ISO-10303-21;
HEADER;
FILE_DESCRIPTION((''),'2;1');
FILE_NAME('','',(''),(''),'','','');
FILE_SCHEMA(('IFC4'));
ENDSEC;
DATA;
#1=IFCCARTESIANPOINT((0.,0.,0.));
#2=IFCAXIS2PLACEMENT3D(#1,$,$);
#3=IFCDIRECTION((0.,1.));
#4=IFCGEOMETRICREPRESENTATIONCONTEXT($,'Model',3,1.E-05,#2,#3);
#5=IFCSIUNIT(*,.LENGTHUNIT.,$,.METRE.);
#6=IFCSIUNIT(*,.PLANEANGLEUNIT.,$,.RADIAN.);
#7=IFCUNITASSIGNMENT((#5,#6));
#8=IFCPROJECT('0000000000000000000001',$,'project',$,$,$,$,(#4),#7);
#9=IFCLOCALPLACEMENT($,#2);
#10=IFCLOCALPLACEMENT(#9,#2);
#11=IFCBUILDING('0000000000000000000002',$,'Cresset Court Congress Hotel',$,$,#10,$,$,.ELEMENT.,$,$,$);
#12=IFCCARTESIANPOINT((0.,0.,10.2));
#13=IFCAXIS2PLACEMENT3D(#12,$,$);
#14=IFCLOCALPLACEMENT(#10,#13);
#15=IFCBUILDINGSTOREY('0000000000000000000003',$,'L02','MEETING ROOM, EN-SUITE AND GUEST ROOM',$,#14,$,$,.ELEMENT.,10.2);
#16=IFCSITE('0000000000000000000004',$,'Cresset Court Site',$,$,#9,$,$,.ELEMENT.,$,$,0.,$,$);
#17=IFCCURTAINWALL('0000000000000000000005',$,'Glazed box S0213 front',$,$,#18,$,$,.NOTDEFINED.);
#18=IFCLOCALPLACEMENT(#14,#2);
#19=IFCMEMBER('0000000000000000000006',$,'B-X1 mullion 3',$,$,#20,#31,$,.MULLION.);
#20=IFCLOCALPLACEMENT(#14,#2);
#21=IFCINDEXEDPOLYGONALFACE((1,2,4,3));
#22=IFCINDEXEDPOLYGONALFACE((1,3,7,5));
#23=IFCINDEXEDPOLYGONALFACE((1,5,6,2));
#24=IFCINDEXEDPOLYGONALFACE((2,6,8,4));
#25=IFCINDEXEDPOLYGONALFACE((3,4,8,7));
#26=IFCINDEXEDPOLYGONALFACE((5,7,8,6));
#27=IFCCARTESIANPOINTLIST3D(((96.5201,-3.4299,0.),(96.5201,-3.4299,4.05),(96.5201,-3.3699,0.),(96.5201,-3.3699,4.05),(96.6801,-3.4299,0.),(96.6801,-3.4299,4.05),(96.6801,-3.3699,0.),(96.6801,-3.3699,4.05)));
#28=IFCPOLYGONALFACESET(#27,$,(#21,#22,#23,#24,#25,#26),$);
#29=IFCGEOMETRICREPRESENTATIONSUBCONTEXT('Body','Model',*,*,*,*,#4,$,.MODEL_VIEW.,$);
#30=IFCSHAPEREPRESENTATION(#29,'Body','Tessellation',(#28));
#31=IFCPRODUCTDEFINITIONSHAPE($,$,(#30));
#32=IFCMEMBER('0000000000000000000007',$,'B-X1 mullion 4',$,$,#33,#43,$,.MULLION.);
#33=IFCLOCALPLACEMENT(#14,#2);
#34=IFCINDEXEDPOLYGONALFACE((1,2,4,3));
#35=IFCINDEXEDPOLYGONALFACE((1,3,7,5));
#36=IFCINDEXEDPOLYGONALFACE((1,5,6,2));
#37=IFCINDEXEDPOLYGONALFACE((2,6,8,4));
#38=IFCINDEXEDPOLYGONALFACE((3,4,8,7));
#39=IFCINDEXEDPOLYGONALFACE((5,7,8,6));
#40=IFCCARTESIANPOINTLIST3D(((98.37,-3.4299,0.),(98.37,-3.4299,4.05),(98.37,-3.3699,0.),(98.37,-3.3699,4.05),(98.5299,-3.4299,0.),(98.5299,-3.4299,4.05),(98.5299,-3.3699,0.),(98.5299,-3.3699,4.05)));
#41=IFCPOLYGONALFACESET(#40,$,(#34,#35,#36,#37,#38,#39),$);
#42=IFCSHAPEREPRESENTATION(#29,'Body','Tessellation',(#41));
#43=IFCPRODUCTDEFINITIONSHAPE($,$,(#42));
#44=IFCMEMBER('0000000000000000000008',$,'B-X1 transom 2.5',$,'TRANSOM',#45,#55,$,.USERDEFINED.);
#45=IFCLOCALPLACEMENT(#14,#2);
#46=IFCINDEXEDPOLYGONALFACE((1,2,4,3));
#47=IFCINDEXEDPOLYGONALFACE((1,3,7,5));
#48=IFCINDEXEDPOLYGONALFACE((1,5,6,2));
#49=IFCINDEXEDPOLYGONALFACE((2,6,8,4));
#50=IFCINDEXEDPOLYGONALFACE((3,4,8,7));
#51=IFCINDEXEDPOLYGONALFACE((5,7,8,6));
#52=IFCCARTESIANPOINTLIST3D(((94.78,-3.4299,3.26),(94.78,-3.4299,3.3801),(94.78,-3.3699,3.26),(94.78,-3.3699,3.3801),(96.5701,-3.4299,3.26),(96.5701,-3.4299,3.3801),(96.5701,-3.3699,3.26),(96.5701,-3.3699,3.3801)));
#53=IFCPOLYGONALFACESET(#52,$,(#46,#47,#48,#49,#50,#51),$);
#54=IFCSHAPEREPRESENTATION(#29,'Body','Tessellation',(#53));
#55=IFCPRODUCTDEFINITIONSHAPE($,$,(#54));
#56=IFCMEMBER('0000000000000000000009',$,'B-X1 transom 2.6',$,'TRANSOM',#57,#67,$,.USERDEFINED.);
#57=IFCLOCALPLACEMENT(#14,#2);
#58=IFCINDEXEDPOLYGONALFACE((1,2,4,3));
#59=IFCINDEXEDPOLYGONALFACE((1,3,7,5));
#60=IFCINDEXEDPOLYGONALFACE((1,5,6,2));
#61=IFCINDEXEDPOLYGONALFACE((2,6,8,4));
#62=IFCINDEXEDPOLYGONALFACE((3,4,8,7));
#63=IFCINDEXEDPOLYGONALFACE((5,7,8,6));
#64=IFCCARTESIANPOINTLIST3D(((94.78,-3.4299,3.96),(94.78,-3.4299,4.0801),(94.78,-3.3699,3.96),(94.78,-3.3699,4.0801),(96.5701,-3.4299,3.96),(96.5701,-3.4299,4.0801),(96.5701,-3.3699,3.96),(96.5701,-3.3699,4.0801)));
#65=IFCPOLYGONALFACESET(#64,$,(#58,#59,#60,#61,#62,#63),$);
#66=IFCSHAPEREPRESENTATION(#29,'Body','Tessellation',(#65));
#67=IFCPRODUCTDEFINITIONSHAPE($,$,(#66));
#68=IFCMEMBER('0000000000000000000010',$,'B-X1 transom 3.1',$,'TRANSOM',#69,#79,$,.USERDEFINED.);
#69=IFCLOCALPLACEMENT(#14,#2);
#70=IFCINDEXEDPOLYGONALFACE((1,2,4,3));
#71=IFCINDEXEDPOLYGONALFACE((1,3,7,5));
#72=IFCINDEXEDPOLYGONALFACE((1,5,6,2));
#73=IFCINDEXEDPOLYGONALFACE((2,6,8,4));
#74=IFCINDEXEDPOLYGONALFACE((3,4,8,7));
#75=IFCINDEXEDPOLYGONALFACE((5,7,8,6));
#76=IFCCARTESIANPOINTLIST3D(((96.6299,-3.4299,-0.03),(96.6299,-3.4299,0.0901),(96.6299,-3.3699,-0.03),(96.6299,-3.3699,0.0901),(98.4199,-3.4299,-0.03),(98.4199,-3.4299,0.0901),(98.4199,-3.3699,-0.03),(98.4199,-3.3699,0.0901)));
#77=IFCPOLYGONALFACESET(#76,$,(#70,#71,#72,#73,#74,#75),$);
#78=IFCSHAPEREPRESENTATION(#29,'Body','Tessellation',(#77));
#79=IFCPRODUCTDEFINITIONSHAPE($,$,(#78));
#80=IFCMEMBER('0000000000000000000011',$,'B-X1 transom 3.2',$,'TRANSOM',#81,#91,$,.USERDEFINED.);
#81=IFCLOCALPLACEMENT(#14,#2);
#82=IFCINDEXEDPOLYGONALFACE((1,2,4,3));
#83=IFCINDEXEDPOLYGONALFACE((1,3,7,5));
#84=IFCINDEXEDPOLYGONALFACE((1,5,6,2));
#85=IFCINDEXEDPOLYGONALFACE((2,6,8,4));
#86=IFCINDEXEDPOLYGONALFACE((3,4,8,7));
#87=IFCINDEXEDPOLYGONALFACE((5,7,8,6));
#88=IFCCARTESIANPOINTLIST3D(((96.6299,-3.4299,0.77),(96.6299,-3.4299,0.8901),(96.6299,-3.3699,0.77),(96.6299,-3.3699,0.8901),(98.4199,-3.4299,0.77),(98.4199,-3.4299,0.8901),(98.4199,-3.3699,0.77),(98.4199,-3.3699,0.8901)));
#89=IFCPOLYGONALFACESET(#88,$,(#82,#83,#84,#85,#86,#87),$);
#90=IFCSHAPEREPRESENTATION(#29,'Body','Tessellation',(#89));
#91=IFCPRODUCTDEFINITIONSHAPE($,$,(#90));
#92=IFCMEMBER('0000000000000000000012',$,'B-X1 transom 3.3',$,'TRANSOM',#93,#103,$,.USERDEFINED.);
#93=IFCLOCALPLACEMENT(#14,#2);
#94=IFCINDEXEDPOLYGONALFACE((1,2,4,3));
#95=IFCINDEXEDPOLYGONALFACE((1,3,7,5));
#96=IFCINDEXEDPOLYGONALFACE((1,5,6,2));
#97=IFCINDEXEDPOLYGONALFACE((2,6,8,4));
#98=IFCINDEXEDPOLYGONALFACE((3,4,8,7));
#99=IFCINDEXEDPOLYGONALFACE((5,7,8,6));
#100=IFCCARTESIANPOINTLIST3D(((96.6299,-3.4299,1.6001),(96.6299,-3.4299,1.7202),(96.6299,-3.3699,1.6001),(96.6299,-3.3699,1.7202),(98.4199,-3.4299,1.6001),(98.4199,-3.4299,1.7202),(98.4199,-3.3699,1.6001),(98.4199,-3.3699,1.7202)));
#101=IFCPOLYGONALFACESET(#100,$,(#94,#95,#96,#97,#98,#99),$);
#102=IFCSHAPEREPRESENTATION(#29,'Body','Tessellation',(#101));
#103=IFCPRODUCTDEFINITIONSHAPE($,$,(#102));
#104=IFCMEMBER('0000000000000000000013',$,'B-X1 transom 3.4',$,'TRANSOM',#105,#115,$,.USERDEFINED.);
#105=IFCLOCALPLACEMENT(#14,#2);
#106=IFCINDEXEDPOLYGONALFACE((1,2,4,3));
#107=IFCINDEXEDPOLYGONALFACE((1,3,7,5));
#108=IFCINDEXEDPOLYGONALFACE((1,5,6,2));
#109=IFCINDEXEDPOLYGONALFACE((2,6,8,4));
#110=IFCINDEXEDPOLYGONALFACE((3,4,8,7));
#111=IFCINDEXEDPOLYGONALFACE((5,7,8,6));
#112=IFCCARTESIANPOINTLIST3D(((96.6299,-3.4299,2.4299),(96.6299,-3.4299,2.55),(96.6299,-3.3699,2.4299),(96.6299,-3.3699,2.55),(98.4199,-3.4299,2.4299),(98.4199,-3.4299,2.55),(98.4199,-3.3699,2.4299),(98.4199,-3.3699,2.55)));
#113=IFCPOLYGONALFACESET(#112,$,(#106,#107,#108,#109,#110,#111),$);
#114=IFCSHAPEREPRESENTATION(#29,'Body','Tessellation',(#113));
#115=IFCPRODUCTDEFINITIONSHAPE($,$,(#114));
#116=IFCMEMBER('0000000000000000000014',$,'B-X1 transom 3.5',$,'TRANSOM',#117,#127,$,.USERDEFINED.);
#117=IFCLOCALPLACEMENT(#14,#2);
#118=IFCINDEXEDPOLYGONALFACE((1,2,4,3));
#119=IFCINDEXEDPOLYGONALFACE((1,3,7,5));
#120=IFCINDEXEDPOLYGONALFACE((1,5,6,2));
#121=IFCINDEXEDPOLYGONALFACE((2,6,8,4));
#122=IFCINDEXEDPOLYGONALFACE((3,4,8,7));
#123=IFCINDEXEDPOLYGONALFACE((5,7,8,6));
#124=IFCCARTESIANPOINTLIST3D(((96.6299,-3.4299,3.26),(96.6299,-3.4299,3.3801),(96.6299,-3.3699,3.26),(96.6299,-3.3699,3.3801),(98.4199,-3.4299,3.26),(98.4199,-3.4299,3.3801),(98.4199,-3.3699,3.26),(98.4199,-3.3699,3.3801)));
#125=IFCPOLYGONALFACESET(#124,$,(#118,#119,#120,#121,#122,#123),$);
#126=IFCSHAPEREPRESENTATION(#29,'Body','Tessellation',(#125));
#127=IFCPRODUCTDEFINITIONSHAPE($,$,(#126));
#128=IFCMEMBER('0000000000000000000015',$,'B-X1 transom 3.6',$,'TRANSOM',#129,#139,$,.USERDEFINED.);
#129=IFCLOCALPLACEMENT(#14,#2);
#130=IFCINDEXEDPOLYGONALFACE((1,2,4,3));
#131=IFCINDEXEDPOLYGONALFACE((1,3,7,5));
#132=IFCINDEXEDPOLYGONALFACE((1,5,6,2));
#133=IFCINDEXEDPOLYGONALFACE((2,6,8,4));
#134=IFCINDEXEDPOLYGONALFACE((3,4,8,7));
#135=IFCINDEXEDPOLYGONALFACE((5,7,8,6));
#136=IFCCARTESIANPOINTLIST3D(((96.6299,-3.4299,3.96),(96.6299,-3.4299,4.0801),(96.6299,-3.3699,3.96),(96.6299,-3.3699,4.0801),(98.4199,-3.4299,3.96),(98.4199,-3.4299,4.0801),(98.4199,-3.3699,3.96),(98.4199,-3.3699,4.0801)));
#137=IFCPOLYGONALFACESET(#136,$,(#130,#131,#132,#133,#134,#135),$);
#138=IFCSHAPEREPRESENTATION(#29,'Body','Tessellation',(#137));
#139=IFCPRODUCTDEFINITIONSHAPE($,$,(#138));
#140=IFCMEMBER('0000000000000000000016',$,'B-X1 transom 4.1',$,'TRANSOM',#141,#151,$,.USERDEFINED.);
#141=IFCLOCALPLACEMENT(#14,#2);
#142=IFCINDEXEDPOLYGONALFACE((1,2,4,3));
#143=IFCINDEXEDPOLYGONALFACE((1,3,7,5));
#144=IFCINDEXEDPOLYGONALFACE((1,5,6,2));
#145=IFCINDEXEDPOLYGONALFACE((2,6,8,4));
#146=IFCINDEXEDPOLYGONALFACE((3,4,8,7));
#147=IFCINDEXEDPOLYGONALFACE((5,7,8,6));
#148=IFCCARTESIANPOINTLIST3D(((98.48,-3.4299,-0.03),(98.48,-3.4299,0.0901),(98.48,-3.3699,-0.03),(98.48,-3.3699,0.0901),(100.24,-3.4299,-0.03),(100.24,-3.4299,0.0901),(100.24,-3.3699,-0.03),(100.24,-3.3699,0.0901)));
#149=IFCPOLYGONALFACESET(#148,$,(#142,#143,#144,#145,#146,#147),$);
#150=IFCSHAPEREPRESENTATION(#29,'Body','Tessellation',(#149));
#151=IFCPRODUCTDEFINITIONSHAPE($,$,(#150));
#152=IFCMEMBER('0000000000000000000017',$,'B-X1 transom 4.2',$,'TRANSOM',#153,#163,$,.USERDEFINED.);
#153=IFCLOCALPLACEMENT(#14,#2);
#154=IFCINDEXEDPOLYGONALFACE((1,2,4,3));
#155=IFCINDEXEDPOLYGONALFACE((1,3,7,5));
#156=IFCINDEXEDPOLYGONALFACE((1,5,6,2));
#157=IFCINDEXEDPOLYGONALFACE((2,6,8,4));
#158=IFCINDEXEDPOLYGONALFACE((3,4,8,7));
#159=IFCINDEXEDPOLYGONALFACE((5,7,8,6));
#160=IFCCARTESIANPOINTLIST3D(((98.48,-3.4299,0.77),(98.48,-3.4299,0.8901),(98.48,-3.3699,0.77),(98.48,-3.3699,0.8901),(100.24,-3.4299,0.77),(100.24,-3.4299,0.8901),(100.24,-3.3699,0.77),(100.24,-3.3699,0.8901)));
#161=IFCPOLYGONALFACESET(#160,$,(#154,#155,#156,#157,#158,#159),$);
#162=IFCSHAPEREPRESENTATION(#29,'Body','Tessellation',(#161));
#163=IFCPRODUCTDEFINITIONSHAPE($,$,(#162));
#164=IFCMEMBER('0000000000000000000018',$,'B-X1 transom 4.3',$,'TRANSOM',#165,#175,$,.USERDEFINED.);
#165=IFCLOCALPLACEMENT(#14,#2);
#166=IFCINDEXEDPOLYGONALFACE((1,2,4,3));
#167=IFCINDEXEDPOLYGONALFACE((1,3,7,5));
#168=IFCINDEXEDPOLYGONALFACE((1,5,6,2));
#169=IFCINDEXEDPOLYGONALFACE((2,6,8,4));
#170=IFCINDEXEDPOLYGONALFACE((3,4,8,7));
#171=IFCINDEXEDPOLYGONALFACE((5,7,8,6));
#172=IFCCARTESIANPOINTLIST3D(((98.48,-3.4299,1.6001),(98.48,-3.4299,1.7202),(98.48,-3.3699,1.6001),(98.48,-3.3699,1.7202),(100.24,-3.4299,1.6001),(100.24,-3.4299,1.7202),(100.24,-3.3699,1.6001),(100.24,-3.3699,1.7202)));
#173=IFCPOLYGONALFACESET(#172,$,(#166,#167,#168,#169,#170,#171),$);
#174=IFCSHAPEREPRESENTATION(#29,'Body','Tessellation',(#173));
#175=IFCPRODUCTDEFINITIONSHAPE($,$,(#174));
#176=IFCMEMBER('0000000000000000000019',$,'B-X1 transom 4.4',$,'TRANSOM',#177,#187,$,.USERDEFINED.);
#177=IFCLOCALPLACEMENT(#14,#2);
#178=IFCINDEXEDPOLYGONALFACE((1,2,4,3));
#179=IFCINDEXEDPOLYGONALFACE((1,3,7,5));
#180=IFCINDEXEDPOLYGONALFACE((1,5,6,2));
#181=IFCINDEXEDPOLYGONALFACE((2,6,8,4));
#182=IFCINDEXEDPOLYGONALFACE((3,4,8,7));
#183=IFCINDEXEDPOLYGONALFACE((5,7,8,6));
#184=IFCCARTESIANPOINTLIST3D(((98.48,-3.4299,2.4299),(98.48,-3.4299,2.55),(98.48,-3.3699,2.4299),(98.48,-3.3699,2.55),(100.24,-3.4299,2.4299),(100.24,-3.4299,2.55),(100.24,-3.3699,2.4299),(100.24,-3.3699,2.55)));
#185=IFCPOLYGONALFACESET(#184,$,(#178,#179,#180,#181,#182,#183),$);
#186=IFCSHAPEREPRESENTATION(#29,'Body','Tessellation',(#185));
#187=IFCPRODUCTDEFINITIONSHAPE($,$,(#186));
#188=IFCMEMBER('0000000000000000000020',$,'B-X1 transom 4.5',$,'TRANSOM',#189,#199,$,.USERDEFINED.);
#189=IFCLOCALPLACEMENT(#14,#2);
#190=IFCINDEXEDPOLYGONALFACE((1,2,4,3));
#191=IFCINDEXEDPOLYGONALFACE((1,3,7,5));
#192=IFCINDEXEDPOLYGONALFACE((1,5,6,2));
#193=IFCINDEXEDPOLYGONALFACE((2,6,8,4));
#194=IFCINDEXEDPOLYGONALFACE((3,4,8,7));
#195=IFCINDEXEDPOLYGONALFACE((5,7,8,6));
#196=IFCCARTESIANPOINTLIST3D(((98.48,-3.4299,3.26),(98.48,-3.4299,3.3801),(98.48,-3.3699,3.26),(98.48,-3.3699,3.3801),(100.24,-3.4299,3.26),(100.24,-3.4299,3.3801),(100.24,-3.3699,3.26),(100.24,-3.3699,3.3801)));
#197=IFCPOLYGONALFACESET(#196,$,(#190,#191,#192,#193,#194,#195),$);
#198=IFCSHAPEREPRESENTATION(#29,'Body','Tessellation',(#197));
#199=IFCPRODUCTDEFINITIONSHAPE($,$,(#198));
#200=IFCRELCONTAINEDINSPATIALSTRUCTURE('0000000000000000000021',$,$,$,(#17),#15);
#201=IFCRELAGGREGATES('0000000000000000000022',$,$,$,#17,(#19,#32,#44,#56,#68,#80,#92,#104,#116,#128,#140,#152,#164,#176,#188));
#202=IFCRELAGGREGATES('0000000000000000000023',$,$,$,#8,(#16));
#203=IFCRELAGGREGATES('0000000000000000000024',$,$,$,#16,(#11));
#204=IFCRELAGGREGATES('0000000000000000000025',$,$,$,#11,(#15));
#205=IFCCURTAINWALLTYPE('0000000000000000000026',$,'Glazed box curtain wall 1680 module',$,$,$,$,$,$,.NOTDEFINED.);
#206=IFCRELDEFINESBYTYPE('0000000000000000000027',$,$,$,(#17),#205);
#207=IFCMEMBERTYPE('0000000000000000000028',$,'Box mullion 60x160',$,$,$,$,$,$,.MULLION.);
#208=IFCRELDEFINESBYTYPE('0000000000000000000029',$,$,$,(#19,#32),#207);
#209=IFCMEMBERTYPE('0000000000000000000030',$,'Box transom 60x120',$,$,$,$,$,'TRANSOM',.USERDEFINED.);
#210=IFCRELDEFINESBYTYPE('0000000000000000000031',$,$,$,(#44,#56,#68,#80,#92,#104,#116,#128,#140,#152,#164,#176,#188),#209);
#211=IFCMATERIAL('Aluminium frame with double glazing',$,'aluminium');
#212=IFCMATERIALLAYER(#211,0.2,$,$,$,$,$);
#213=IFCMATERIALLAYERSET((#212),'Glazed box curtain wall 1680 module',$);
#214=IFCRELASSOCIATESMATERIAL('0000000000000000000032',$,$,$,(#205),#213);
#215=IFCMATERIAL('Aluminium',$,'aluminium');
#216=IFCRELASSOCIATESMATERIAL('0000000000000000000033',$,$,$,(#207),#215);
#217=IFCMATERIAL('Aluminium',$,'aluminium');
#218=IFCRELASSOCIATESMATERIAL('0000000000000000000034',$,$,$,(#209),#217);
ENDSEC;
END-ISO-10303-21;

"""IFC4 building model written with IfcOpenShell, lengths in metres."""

from ifc_helpers import new_model, si_unit, direction, frame, origin, origin_2d, place, context, subcontext, project, spatial, rectangle, extrude, material, layer, layer_set, material_profile, profile_set, type_object, element, aggregate, save


model = new_model("IFC4")

# Units and contexts
model_context = context("Model", 3, precision=1e-05, world=origin(), true_north=direction((0.0, 1.0)))
body_context = subcontext(model_context, "Body", "Model", "MODEL_VIEW")
ifc_project = project(units=[si_unit("LENGTHUNIT", "METRE"), si_unit("PLANEANGLEUNIT", "RADIAN")], contexts=[model_context])

# Site, building, storey
site_placement = place(None, origin())
site = spatial("IfcSite", under=ifc_project, at=site_placement, Name="Cresset Court Site", CompositionType="ELEMENT", RefElevation=0.0)
building_placement = place(site_placement, origin())
building = spatial("IfcBuilding", under=site, at=building_placement, Name="Cresset Court Congress Hotel", CompositionType="ELEMENT")
storey_placement = place(building_placement, frame((0.0, 0.0, 10.2)))
storey = spatial("IfcBuildingStorey", under=building, at=storey_placement, Name="L02", Description="MEETING ROOM, EN-SUITE AND GUEST ROOM", CompositionType="ELEMENT", Elevation=10.2)

# Curtain wall, members
ifc_material_1 = material(Name="Aluminium frame with double glazing", Category="aluminium")
ifc_layer_1 = layer(ifc_material_1, 0.2)
ifc_layer_set_1 = layer_set([ifc_layer_1], Name="Glazed box curtain wall 1680 module")
curtain_wall_type = type_object("IfcCurtainWallType", Name="Glazed box curtain wall 1680 module", PredefinedType="NOTDEFINED", material=ifc_layer_set_1)
curtain_wall_placement = place(storey_placement, origin())
curtain_wall = element("IfcCurtainWall", 1, at=curtain_wall_placement, inside=storey, type_object=curtain_wall_type, Name="Glazed box S0213 front", PredefinedType="NOTDEFINED")
ifc_material_2 = material(Name="Aluminium", Category="aluminium")
ifc_material_profile_1 = material_profile(ifc_material_2, rectangle(XDim=0.0601, YDim=0.1599, at=origin_2d()), Name="Box mullion 60x160")
ifc_profile_set_1 = profile_set([ifc_material_profile_1], Name="Aluminium")
member_type_1 = type_object("IfcMemberType", Name="Box mullion 60x160", PredefinedType="MULLION", material=ifc_profile_set_1)
member_1_placement = place(storey_placement, frame((96.6001, -3.3999, 0.0), z_axis=(0.0, 0.0, 1.0), x_axis=(0.0, 1.0, 0.0)))
member_1 = element("IfcMember", 2, at=member_1_placement, type_object=member_type_1, Name="B-X1 mullion 3", PredefinedType="MULLION", context=body_context, shape_type="SweptSolid", body=[
    extrude(rectangle(XDim=0.0601, YDim=0.1599, at=origin_2d()), origin(), (0.0, 0.0, 1.0), 4.05),
])
member_2_placement = place(storey_placement, frame((98.45, -3.3999, 0.0), z_axis=(0.0, 0.0, 1.0), x_axis=(0.0, 1.0, 0.0)))
member_2 = element("IfcMember", 3, at=member_2_placement, type_object=member_type_1, Name="B-X1 mullion 4", PredefinedType="MULLION", context=body_context, shape_type="SweptSolid", body=[
    extrude(rectangle(XDim=0.0601, YDim=0.1599, at=origin_2d()), origin(), (0.0, 0.0, 1.0), 4.05),
])
ifc_material_3 = material(Name="Aluminium", Category="aluminium")
ifc_material_profile_2 = material_profile(ifc_material_3, rectangle(XDim=0.0601, YDim=0.1201, at=origin_2d()), Name="Box transom 60x120")
ifc_profile_set_2 = profile_set([ifc_material_profile_2], Name="Aluminium")
member_type_2 = type_object("IfcMemberType", Name="Box transom 60x120", ElementType="TRANSOM", PredefinedType="USERDEFINED", material=ifc_profile_set_2)
member_3_placement = place(storey_placement, frame((94.78, -3.3999, 3.3201), z_axis=(1.0, 0.0, 0.0), x_axis=(0.0, 1.0, 0.0)))
member_3 = element("IfcMember", 4, at=member_3_placement, type_object=member_type_2, Name="B-X1 transom 2.5", ObjectType="TRANSOM", PredefinedType="USERDEFINED", context=body_context, shape_type="SweptSolid", body=[
    extrude(rectangle(XDim=0.0601, YDim=0.1201, at=origin_2d()), origin(), (0.0, 0.0, 1.0), 1.79),
])
member_4_placement = place(storey_placement, frame((94.78, -3.3999, 4.02), z_axis=(1.0, 0.0, 0.0), x_axis=(0.0, 1.0, 0.0)))
member_4 = element("IfcMember", 5, at=member_4_placement, type_object=member_type_2, Name="B-X1 transom 2.6", ObjectType="TRANSOM", PredefinedType="USERDEFINED", context=body_context, shape_type="SweptSolid", body=[
    extrude(rectangle(XDim=0.0601, YDim=0.1201, at=origin_2d()), origin(), (0.0, 0.0, 1.0), 1.79),
])
member_5_placement = place(storey_placement, frame((96.6299, -3.3999, 0.03), z_axis=(1.0, 0.0, 0.0), x_axis=(0.0, 1.0, 0.0)))
member_5 = element("IfcMember", 6, at=member_5_placement, type_object=member_type_2, Name="B-X1 transom 3.1", ObjectType="TRANSOM", PredefinedType="USERDEFINED", context=body_context, shape_type="SweptSolid", body=[
    extrude(rectangle(XDim=0.0601, YDim=0.1201, at=origin_2d()), origin(), (0.0, 0.0, 1.0), 1.79),
])
member_6_placement = place(storey_placement, frame((96.6299, -3.3999, 0.8301), z_axis=(1.0, 0.0, 0.0), x_axis=(0.0, 1.0, 0.0)))
member_6 = element("IfcMember", 7, at=member_6_placement, type_object=member_type_2, Name="B-X1 transom 3.2", ObjectType="TRANSOM", PredefinedType="USERDEFINED", context=body_context, shape_type="SweptSolid", body=[
    extrude(rectangle(XDim=0.0601, YDim=0.1201, at=origin_2d()), origin(), (0.0, 0.0, 1.0), 1.79),
])
member_7_placement = place(storey_placement, frame((96.6299, -3.3999, 1.6602), z_axis=(1.0, 0.0, 0.0), x_axis=(0.0, 1.0, 0.0)))
member_7 = element("IfcMember", 8, at=member_7_placement, type_object=member_type_2, Name="B-X1 transom 3.3", ObjectType="TRANSOM", PredefinedType="USERDEFINED", context=body_context, shape_type="SweptSolid", body=[
    extrude(rectangle(XDim=0.0601, YDim=0.1201, at=origin_2d()), origin(), (0.0, 0.0, 1.0), 1.79),
])
member_8_placement = place(storey_placement, frame((96.6299, -3.3999, 2.49), z_axis=(1.0, 0.0, 0.0), x_axis=(0.0, 1.0, 0.0)))
member_8 = element("IfcMember", 9, at=member_8_placement, type_object=member_type_2, Name="B-X1 transom 3.4", ObjectType="TRANSOM", PredefinedType="USERDEFINED", context=body_context, shape_type="SweptSolid", body=[
    extrude(rectangle(XDim=0.0601, YDim=0.1201, at=origin_2d()), origin(), (0.0, 0.0, 1.0), 1.79),
])
member_9_placement = place(storey_placement, frame((96.6299, -3.3999, 3.3201), z_axis=(1.0, 0.0, 0.0), x_axis=(0.0, 1.0, 0.0)))
member_9 = element("IfcMember", 10, at=member_9_placement, type_object=member_type_2, Name="B-X1 transom 3.5", ObjectType="TRANSOM", PredefinedType="USERDEFINED", context=body_context, shape_type="SweptSolid", body=[
    extrude(rectangle(XDim=0.0601, YDim=0.1201, at=origin_2d()), origin(), (0.0, 0.0, 1.0), 1.79),
])
member_10_placement = place(storey_placement, frame((96.6299, -3.3999, 4.02), z_axis=(1.0, 0.0, 0.0), x_axis=(0.0, 1.0, 0.0)))
member_10 = element("IfcMember", 11, at=member_10_placement, type_object=member_type_2, Name="B-X1 transom 3.6", ObjectType="TRANSOM", PredefinedType="USERDEFINED", context=body_context, shape_type="SweptSolid", body=[
    extrude(rectangle(XDim=0.0601, YDim=0.1201, at=origin_2d()), origin(), (0.0, 0.0, 1.0), 1.79),
])
member_11_placement = place(storey_placement, frame((98.48, -3.3999, 0.03), z_axis=(1.0, 0.0, 0.0), x_axis=(0.0, 1.0, 0.0)))
member_11 = element("IfcMember", 12, at=member_11_placement, type_object=member_type_2, Name="B-X1 transom 4.1", ObjectType="TRANSOM", PredefinedType="USERDEFINED", context=body_context, shape_type="SweptSolid", body=[
    extrude(rectangle(XDim=0.0601, YDim=0.1201, at=origin_2d()), origin(), (0.0, 0.0, 1.0), 1.76),
])
member_12_placement = place(storey_placement, frame((98.48, -3.3999, 0.8301), z_axis=(1.0, 0.0, 0.0), x_axis=(0.0, 1.0, 0.0)))
member_12 = element("IfcMember", 13, at=member_12_placement, type_object=member_type_2, Name="B-X1 transom 4.2", ObjectType="TRANSOM", PredefinedType="USERDEFINED", context=body_context, shape_type="SweptSolid", body=[
    extrude(rectangle(XDim=0.0601, YDim=0.1201, at=origin_2d()), origin(), (0.0, 0.0, 1.0), 1.76),
])
member_13_placement = place(storey_placement, frame((98.48, -3.3999, 1.6602), z_axis=(1.0, 0.0, 0.0), x_axis=(0.0, 1.0, 0.0)))
member_13 = element("IfcMember", 14, at=member_13_placement, type_object=member_type_2, Name="B-X1 transom 4.3", ObjectType="TRANSOM", PredefinedType="USERDEFINED", context=body_context, shape_type="SweptSolid", body=[
    extrude(rectangle(XDim=0.0601, YDim=0.1201, at=origin_2d()), origin(), (0.0, 0.0, 1.0), 1.76),
])
member_14_placement = place(storey_placement, frame((98.48, -3.3999, 2.49), z_axis=(1.0, 0.0, 0.0), x_axis=(0.0, 1.0, 0.0)))
member_14 = element("IfcMember", 15, at=member_14_placement, type_object=member_type_2, Name="B-X1 transom 4.4", ObjectType="TRANSOM", PredefinedType="USERDEFINED", context=body_context, shape_type="SweptSolid", body=[
    extrude(rectangle(XDim=0.0601, YDim=0.1201, at=origin_2d()), origin(), (0.0, 0.0, 1.0), 1.76),
])
member_15_placement = place(storey_placement, frame((98.48, -3.3999, 3.3201), z_axis=(1.0, 0.0, 0.0), x_axis=(0.0, 1.0, 0.0)))
member_15 = element("IfcMember", 16, at=member_15_placement, type_object=member_type_2, Name="B-X1 transom 4.5", ObjectType="TRANSOM", PredefinedType="USERDEFINED", context=body_context, shape_type="SweptSolid", body=[
    extrude(rectangle(XDim=0.0601, YDim=0.1201, at=origin_2d()), origin(), (0.0, 0.0, 1.0), 1.76),
])
aggregate(curtain_wall, [member_1, member_2, member_3, member_4, member_5, member_6, member_7, member_8, member_9, member_10, member_11, member_12, member_13, member_14, member_15])

save(model, "model.ifc")
